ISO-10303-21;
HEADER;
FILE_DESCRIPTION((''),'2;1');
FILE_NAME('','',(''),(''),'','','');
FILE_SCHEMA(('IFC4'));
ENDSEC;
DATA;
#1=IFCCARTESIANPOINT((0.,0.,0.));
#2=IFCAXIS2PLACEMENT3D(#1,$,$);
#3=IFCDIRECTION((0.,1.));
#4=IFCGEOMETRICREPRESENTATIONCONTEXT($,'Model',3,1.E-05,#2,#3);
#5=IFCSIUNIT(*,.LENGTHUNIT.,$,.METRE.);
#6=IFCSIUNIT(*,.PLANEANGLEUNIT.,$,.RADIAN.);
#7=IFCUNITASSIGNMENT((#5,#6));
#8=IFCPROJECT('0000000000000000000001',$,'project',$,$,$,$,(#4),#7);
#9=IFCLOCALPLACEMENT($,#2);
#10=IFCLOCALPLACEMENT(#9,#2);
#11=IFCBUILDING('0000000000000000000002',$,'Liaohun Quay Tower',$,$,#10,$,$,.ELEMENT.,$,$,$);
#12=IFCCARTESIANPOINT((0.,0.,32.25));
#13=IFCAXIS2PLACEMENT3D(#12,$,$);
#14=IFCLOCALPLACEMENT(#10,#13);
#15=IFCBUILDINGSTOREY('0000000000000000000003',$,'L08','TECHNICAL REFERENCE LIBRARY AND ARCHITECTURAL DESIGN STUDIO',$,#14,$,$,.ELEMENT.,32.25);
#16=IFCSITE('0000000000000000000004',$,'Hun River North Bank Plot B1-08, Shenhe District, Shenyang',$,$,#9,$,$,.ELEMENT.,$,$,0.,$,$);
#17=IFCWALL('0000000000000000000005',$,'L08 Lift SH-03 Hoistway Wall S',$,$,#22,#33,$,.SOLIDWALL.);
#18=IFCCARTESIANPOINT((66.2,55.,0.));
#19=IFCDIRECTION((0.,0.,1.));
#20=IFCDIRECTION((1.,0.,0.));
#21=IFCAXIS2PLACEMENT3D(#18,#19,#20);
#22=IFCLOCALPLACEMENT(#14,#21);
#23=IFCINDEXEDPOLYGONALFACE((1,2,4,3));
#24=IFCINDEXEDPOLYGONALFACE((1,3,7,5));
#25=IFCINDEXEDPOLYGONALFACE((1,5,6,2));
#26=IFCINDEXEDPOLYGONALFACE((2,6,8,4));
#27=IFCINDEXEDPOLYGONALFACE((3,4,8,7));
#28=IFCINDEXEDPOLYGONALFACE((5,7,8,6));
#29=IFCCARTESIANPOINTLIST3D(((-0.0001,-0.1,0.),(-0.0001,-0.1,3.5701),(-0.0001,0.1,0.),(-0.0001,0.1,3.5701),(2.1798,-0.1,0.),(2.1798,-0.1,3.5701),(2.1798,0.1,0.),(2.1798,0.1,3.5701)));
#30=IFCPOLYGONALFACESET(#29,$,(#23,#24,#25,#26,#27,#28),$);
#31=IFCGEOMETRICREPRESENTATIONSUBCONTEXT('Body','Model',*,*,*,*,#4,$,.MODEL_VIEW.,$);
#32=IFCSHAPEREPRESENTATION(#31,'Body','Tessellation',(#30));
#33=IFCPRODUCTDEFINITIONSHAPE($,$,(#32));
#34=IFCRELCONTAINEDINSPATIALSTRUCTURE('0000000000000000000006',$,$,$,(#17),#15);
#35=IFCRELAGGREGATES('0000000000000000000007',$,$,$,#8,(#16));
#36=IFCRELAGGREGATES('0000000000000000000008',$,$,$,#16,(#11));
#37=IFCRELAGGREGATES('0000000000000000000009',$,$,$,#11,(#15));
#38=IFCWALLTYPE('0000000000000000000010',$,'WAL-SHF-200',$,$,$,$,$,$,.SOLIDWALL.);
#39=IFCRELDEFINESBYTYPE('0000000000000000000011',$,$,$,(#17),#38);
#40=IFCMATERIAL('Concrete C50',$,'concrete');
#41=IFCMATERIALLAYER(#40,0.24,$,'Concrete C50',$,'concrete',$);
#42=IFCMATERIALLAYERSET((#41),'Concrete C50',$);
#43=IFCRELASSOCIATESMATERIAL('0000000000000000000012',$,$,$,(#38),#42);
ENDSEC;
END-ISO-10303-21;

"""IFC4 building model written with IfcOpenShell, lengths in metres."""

from ifc_helpers import new_model, si_unit, direction, frame, frame_2d, origin, place, context, subcontext, project, spatial, rectangle, extrude, material, layer, layer_set, type_object, element, save


model = new_model("IFC4")

# Units and contexts
model_context = context("Model", 3, precision=1e-05, world=origin(), true_north=direction((0.0, 1.0)))
body_context = subcontext(model_context, "Body", "Model", "MODEL_VIEW")
ifc_project = project(units=[si_unit("LENGTHUNIT", "METRE"), si_unit("PLANEANGLEUNIT", "RADIAN")], contexts=[model_context])

# Site, building, storey
site_placement = place(None, origin())
site = spatial("IfcSite", under=ifc_project, at=site_placement, Name="Hun River North Bank Plot B1-08, Shenhe District, Shenyang", CompositionType="ELEMENT", RefElevation=0.0)
building_placement = place(site_placement, origin())
building = spatial("IfcBuilding", under=site, at=building_placement, Name="Liaohun Quay Tower", CompositionType="ELEMENT")
storey_placement = place(building_placement, frame((0.0, 0.0, 32.25)))
storey = spatial("IfcBuildingStorey", under=building, at=storey_placement, Name="L08", Description="TECHNICAL REFERENCE LIBRARY AND ARCHITECTURAL DESIGN STUDIO", CompositionType="ELEMENT", Elevation=32.25)

# Shared definitions
ifc_material_1 = material(Name="Concrete C50", Category="concrete")
ifc_layer_1 = layer(ifc_material_1, 0.24, Name="Concrete C50", Category="concrete")
ifc_layer_set_1 = layer_set([ifc_layer_1], Name="Concrete C50")
wall_type_1 = type_object("IfcWallType", Name="WAL-SHF-200", PredefinedType="SOLIDWALL", material=ifc_layer_set_1)

# Wall
wall_1_placement = place(storey_placement, frame((66.2, 55.0, 0.0), z_axis=(0.0, 0.0, 1.0), x_axis=(1.0, 0.0, 0.0)))
element("IfcWall", 1, at=wall_1_placement, inside=storey, type_object=wall_type_1, Name="L08 Lift SH-03 Hoistway Wall S", PredefinedType="SOLIDWALL", context=body_context, shape_type="SweptSolid", body=[
    extrude(rectangle(XDim=2.1799, YDim=0.2, at=frame_2d((1.0898, 0.0))), origin(), (0.0, 0.0, 1.0), 3.5701),
])

save(model, "model.ifc")
